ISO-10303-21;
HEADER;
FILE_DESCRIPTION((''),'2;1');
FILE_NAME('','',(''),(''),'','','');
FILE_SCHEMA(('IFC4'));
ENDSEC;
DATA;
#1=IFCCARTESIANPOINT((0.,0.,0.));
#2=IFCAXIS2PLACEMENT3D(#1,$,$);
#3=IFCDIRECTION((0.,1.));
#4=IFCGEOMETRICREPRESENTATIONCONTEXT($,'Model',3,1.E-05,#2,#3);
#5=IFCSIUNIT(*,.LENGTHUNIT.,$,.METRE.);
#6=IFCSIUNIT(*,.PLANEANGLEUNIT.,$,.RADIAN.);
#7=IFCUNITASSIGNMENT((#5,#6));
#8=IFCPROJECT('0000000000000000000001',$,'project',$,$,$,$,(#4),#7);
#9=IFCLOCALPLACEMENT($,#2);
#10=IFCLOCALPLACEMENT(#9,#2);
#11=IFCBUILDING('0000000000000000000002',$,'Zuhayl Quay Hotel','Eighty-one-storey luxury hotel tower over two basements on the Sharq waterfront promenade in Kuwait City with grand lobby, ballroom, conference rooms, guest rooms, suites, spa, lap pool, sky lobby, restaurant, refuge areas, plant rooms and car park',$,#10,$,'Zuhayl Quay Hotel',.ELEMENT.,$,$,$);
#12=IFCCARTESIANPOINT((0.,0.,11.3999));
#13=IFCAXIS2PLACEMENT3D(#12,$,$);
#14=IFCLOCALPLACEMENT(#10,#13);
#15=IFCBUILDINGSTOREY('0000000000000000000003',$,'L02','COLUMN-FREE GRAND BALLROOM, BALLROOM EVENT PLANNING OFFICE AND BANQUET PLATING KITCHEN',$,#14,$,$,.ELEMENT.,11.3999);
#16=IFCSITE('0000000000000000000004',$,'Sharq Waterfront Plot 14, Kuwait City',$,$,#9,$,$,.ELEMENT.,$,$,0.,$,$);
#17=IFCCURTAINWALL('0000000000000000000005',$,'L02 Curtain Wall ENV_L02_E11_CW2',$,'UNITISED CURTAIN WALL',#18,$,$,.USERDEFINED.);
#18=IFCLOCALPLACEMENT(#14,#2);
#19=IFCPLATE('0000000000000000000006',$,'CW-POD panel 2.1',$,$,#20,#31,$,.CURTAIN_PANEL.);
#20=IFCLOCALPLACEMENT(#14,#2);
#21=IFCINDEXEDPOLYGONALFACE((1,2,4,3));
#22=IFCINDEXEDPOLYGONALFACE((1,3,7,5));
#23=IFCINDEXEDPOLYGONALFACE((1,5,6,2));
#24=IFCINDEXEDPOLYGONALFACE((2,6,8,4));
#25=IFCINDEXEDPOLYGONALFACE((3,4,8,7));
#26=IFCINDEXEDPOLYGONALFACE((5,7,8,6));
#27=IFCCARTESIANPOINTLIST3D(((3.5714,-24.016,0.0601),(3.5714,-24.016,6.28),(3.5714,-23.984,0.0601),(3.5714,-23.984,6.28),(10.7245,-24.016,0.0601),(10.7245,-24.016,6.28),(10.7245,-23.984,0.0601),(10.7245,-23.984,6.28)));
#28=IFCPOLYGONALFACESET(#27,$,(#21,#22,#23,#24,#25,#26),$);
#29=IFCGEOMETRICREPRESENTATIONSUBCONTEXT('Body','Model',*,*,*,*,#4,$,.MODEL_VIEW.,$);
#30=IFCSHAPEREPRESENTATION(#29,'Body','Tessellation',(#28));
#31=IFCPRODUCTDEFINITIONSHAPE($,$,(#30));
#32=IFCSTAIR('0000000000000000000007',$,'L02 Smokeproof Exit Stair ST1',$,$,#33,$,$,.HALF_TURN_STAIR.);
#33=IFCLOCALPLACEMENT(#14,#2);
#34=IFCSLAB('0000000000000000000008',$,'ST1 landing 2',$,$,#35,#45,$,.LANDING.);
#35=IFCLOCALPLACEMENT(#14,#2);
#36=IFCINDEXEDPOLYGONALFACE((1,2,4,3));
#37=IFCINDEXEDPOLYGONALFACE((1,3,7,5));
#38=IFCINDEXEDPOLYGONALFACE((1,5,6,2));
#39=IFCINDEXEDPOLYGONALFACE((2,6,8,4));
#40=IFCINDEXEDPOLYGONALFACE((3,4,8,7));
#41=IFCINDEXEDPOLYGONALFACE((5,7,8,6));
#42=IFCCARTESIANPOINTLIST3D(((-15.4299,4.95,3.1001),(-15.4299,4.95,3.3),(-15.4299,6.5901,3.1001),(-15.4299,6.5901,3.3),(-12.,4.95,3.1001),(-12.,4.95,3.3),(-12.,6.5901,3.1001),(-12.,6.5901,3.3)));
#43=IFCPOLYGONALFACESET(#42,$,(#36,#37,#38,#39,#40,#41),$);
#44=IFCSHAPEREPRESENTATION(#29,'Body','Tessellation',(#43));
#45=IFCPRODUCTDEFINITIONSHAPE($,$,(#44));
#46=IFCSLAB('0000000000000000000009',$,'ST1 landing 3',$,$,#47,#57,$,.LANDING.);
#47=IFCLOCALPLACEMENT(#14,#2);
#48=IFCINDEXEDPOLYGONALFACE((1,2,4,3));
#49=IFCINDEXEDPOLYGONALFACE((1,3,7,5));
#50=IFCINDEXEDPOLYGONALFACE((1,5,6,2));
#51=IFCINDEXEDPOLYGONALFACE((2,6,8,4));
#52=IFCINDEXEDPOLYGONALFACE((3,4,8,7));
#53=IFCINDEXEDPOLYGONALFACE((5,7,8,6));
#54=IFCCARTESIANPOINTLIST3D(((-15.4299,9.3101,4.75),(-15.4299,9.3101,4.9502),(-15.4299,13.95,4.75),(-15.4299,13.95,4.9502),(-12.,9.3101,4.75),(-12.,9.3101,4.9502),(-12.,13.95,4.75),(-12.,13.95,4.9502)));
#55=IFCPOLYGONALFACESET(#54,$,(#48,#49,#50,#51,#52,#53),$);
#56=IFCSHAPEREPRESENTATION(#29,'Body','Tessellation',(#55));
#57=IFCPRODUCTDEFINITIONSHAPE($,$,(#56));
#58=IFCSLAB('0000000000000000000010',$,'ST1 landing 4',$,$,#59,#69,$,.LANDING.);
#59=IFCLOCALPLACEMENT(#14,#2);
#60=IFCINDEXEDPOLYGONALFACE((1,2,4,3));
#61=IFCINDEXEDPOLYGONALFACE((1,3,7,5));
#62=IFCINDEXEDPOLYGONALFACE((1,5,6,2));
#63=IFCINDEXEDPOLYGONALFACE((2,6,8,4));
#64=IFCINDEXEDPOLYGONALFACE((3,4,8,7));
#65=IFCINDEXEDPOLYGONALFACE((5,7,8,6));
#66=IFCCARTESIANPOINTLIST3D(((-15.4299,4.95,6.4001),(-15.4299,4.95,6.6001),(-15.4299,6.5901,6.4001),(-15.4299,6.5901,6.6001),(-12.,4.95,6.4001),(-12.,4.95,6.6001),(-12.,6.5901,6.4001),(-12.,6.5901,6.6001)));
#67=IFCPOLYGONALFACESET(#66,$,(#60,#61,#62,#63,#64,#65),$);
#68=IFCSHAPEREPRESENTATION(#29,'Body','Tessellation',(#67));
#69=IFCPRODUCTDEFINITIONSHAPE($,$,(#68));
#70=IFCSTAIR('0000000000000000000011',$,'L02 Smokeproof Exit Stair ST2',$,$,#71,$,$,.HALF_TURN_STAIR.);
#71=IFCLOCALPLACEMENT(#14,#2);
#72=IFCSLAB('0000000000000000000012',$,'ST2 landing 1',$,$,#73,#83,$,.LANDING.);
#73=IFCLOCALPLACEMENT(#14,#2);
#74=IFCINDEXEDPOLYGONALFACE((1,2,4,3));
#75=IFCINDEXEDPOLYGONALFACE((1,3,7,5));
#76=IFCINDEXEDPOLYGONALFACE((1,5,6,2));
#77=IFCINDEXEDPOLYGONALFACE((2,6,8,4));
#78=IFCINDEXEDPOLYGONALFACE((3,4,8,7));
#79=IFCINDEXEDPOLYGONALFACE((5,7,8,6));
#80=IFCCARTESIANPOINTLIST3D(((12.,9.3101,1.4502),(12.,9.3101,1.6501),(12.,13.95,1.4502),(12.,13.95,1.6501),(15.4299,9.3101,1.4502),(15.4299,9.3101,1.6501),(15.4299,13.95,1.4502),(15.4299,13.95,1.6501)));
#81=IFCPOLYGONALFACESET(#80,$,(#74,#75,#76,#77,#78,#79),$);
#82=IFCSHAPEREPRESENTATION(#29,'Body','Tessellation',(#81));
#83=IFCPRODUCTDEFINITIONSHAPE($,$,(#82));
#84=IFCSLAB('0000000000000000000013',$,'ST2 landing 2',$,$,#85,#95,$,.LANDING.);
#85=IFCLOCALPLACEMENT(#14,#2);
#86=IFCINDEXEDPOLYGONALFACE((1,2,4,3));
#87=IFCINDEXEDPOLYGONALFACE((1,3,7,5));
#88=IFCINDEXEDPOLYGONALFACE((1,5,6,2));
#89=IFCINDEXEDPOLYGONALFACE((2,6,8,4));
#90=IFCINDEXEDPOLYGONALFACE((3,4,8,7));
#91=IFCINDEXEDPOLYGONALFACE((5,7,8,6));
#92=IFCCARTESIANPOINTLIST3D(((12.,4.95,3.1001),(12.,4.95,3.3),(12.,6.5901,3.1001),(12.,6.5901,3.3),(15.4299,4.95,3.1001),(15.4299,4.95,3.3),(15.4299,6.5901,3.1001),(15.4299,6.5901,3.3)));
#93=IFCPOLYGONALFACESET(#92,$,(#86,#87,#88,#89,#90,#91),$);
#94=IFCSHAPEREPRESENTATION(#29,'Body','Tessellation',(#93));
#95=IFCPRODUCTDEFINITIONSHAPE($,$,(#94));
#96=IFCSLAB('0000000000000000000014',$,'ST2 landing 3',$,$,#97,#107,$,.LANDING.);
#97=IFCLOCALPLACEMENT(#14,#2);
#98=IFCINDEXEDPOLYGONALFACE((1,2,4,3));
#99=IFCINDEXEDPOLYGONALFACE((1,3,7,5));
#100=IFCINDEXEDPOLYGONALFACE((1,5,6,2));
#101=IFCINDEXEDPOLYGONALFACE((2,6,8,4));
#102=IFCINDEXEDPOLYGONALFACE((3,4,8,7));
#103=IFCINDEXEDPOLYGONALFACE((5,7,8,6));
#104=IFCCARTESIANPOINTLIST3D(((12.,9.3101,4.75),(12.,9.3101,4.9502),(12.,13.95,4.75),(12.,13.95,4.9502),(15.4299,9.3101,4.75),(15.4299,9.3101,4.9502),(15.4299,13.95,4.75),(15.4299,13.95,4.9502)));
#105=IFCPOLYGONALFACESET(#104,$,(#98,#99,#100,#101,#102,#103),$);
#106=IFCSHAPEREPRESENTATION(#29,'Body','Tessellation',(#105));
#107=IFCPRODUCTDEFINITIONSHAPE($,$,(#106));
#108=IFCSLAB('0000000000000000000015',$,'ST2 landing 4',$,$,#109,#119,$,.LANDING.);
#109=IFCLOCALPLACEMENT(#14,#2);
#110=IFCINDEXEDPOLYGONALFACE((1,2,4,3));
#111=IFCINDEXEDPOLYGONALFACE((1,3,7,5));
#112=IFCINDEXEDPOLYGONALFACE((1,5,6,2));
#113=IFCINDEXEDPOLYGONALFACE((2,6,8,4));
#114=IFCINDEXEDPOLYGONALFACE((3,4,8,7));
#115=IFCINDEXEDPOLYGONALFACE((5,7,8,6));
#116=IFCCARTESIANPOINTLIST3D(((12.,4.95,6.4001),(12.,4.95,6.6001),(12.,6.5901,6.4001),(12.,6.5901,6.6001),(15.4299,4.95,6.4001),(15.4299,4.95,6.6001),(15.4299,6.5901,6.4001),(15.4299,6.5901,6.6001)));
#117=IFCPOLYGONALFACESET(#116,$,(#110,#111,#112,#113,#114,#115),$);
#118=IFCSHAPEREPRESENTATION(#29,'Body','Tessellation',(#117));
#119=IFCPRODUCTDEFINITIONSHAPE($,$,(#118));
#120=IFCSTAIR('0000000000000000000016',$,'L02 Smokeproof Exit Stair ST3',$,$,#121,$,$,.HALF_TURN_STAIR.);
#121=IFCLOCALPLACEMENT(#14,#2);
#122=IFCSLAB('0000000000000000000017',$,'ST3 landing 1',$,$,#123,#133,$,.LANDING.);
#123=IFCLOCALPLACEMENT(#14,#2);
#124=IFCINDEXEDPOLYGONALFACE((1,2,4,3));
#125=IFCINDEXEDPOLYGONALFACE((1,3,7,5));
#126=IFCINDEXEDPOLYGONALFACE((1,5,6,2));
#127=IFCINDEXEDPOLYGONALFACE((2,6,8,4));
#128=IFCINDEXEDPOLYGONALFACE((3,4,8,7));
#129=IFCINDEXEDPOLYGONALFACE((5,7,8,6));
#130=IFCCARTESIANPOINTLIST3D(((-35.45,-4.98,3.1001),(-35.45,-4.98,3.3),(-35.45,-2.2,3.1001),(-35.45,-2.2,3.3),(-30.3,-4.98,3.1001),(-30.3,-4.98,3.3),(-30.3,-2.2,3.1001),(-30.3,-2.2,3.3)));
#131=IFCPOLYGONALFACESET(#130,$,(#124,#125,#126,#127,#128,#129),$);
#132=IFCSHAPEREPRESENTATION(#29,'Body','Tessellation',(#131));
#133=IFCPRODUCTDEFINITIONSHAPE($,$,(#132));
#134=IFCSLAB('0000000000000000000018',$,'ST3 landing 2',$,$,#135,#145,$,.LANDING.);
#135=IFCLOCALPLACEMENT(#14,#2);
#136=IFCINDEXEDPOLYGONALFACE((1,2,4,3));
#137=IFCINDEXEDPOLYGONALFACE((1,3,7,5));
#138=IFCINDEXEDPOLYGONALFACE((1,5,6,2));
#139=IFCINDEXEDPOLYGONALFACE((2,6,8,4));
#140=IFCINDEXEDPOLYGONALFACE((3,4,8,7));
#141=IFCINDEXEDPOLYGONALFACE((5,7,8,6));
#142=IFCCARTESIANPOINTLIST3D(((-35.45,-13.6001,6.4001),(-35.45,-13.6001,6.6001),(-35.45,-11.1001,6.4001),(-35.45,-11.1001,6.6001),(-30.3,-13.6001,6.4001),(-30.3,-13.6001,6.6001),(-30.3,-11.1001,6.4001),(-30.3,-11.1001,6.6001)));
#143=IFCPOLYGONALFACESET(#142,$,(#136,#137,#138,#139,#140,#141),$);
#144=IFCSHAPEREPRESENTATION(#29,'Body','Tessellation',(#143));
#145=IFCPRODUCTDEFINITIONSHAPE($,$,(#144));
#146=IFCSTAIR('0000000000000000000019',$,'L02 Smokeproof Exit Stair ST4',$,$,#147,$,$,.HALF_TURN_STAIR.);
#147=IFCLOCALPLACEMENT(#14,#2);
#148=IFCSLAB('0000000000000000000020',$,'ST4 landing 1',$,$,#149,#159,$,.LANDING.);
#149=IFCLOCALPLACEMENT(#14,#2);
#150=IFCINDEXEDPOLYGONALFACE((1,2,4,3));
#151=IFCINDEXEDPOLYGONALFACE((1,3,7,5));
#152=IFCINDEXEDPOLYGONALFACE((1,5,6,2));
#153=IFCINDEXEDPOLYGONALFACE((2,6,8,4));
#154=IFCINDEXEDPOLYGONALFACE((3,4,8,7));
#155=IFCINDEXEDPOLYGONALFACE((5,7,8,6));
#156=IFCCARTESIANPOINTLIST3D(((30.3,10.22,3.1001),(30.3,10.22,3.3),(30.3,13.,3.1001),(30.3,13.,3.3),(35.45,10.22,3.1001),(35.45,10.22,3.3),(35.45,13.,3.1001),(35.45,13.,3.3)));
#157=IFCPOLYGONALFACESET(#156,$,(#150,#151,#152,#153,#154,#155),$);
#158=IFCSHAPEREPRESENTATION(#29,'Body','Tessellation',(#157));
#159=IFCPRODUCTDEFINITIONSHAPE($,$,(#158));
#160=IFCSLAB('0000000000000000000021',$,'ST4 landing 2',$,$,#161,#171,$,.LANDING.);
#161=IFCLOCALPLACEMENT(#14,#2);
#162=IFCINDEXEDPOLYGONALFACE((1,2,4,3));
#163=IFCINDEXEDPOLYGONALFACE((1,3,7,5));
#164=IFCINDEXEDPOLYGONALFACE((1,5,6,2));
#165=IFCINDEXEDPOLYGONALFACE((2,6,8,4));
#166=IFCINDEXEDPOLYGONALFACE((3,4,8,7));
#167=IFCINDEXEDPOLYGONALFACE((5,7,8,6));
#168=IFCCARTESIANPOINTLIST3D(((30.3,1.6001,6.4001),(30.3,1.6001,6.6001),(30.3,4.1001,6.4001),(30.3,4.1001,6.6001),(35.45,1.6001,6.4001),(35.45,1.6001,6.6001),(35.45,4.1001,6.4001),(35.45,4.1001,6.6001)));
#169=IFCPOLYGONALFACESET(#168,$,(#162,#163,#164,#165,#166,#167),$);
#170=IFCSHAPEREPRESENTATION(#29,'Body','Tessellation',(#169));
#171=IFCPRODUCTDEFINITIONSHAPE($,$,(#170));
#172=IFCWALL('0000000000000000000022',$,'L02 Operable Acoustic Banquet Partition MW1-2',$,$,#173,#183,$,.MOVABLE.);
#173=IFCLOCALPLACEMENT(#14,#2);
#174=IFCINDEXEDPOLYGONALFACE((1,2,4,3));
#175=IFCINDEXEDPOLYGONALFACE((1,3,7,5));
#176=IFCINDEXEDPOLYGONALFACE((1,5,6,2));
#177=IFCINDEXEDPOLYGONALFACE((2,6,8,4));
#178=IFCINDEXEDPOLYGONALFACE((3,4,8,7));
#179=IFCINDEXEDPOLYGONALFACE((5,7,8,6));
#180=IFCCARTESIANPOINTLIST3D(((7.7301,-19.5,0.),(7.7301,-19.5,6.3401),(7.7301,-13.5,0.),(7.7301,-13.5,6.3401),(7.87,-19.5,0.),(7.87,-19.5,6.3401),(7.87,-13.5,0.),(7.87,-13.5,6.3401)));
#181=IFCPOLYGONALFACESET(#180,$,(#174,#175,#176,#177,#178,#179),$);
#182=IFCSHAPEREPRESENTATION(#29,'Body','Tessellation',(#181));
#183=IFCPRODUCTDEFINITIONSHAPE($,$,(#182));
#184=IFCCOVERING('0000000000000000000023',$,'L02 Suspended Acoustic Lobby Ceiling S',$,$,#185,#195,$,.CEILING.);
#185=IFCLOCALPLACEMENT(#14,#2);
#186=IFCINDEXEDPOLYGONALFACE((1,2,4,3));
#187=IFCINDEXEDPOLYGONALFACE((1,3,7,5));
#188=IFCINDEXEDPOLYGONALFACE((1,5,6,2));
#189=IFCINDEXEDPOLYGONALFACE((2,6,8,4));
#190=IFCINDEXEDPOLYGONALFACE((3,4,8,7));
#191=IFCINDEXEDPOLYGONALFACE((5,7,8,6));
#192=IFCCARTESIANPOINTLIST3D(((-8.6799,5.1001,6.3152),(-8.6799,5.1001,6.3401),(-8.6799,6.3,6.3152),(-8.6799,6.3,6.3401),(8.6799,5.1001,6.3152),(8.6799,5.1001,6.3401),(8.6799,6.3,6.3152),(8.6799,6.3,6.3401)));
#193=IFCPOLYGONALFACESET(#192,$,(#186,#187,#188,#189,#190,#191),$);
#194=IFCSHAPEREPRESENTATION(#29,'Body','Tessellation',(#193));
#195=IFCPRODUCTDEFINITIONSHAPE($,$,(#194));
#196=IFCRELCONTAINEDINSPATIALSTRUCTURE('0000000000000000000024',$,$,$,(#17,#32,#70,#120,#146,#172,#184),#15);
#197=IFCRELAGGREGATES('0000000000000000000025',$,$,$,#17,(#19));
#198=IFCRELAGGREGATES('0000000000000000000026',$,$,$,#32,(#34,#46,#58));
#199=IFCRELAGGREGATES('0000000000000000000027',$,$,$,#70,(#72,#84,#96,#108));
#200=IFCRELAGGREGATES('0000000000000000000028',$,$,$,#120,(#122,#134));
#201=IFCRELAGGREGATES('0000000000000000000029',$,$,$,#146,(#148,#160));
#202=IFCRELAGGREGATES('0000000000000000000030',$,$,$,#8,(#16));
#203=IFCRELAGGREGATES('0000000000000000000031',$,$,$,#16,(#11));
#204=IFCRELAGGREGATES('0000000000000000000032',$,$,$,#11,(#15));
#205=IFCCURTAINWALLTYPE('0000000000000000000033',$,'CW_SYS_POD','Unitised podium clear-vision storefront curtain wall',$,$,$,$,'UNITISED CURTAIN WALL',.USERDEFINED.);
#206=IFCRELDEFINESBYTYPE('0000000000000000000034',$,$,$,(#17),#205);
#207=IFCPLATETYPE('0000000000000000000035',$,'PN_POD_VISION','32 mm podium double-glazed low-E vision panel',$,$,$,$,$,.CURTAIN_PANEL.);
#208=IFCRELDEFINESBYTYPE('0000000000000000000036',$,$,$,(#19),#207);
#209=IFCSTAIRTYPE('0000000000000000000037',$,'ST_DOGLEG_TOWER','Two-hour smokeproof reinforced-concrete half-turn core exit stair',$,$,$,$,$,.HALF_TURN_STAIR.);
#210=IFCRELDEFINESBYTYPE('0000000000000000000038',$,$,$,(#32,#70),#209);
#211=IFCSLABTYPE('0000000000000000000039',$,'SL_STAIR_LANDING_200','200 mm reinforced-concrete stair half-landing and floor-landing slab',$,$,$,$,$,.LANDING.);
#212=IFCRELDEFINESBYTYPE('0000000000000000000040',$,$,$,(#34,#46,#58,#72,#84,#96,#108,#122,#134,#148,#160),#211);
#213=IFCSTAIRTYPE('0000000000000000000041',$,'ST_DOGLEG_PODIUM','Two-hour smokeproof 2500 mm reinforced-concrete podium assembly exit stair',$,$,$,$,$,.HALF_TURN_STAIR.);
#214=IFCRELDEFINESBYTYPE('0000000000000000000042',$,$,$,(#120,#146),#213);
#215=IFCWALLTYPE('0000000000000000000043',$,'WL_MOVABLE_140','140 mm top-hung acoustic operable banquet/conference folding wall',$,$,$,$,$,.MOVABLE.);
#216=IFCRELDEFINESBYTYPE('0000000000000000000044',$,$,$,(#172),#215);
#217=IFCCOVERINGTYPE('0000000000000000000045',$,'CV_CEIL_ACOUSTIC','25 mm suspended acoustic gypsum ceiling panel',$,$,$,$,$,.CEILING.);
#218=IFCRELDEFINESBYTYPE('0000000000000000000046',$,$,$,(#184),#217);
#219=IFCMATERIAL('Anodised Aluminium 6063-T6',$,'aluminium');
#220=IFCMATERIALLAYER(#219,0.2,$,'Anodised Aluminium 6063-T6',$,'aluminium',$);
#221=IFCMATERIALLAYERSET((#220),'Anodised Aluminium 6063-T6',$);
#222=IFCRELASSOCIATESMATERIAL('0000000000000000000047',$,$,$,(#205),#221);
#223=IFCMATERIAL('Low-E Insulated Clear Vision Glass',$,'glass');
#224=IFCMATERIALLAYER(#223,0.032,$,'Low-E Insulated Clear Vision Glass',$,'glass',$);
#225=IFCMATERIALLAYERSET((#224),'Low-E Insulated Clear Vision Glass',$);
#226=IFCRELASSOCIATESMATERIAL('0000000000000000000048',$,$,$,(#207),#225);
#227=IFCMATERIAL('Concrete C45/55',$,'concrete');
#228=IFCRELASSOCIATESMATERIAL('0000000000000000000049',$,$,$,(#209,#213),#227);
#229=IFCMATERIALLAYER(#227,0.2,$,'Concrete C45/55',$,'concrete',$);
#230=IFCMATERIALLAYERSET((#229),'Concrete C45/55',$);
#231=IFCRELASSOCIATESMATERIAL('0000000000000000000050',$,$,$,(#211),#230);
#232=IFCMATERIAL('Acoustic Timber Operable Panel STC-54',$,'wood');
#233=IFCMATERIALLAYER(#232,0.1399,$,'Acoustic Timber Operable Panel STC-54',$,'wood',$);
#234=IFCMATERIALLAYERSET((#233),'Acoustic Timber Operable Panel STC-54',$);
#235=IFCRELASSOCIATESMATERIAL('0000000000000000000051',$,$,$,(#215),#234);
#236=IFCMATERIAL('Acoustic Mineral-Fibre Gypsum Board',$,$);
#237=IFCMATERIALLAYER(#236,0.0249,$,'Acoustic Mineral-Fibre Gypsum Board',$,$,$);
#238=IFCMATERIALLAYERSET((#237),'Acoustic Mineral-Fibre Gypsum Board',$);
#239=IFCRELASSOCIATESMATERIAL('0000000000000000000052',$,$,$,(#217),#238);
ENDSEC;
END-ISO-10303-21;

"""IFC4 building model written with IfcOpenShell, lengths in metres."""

from ifc_helpers import new_model, si_unit, direction, frame, frame_2d, origin, origin_2d, place, context, subcontext, project, spatial, polyline, rectangle, outline, extrude, material, layer, layer_set, type_object, element, aggregate, save


model = new_model("IFC4")

# Units and contexts
model_context = context("Model", 3, precision=1e-05, world=origin(), true_north=direction((0.0, 1.0)))
body_context = subcontext(model_context, "Body", "Model", "MODEL_VIEW")
ifc_project = project(units=[si_unit("LENGTHUNIT", "METRE"), si_unit("PLANEANGLEUNIT", "RADIAN")], contexts=[model_context])

# Site, building, storey
site_placement = place(None, origin())
site = spatial("IfcSite", under=ifc_project, at=site_placement, Name="Sharq Waterfront Plot 14, Kuwait City", CompositionType="ELEMENT", RefElevation=0.0)
building_placement = place(site_placement, origin())
building = spatial("IfcBuilding", under=site, at=building_placement, Name="Zuhayl Quay Hotel", Description="Eighty-one-storey luxury hotel tower over two basements on the Sharq waterfront promenade in Kuwait City with grand lobby, ballroom, conference rooms, guest rooms, suites, spa, lap pool, sky lobby, restaurant, refuge areas, plant rooms and car park", LongName="Zuhayl Quay Hotel", CompositionType="ELEMENT")
storey_placement = place(building_placement, frame((0.0, 0.0, 11.3999)))
storey = spatial("IfcBuildingStorey", under=building, at=storey_placement, Name="L02", Description="COLUMN-FREE GRAND BALLROOM, BALLROOM EVENT PLANNING OFFICE AND BANQUET PLATING KITCHEN", CompositionType="ELEMENT", Elevation=11.3999)

# Curtain wall, plate
ifc_material_1 = material(Name="Anodised Aluminium 6063-T6", Category="aluminium")
ifc_layer_1 = layer(ifc_material_1, 0.2, Name="Anodised Aluminium 6063-T6", Category="aluminium")
ifc_layer_set_1 = layer_set([ifc_layer_1], Name="Anodised Aluminium 6063-T6")
curtain_wall_type = type_object("IfcCurtainWallType", Name="CW_SYS_POD", Description="Unitised podium clear-vision storefront curtain wall", ElementType="UNITISED CURTAIN WALL", PredefinedType="USERDEFINED", material=ifc_layer_set_1)
curtain_wall_placement = place(storey_placement, origin())
curtain_wall = element("IfcCurtainWall", 1, at=curtain_wall_placement, inside=storey, type_object=curtain_wall_type, Name="L02 Curtain Wall ENV_L02_E11_CW2", ObjectType="UNITISED CURTAIN WALL", PredefinedType="USERDEFINED")
ifc_material_2 = material(Name="Low-E Insulated Clear Vision Glass", Category="glass")
ifc_layer_2 = layer(ifc_material_2, 0.032, Name="Low-E Insulated Clear Vision Glass", Category="glass")
ifc_layer_set_2 = layer_set([ifc_layer_2], Name="Low-E Insulated Clear Vision Glass")
plate_type = type_object("IfcPlateType", Name="PN_POD_VISION", Description="32 mm podium double-glazed low-E vision panel", PredefinedType="CURTAIN_PANEL", material=ifc_layer_set_2)
plate_placement = place(storey_placement, frame((7.1479, -24.0, 0.0601), z_axis=(0.0, 0.0, 1.0), x_axis=(-1.0, 0.0, 0.0)))
plate = element("IfcPlate", 2, at=plate_placement, type_object=plate_type, Name="CW-POD panel 2.1", PredefinedType="CURTAIN_PANEL", context=body_context, shape_type="SweptSolid", body=[
    extrude(rectangle(XDim=7.1531, YDim=0.032, at=origin_2d()), origin(), (0.0, 0.0, 1.0), 6.22),
])
aggregate(curtain_wall, [plate])

# Stairs, slabs
ifc_material_3 = material(Name="Concrete C45/55", Category="concrete")
stair_type_1 = type_object("IfcStairType", Name="ST_DOGLEG_TOWER", Description="Two-hour smokeproof reinforced-concrete half-turn core exit stair", PredefinedType="HALF_TURN_STAIR", material=ifc_material_3)
stair_1_placement = place(storey_placement, origin())
stair_1 = element("IfcStair", 3, at=stair_1_placement, inside=storey, type_object=stair_type_1, Name="L02 Smokeproof Exit Stair ST1", PredefinedType="HALF_TURN_STAIR")
ifc_layer_3 = layer(ifc_material_3, 0.2, Name="Concrete C45/55", Category="concrete")
ifc_layer_set_3 = layer_set([ifc_layer_3], Name="Concrete C45/55")
slab_type = type_object("IfcSlabType", Name="SL_STAIR_LANDING_200", Description="200 mm reinforced-concrete stair half-landing and floor-landing slab", PredefinedType="LANDING", material=ifc_layer_set_3)
slab_1_placement = place(storey_placement, frame((0.0, 0.0, 3.1001)))
slab_1 = element("IfcSlab", 4, at=slab_1_placement, type_object=slab_type, Name="ST1 landing 2", PredefinedType="LANDING", context=body_context, shape_type="SweptSolid", body=[
    extrude(outline(polyline([(-12.0, 4.95), (-12.0, 6.5901), (-15.4299, 6.5901), (-15.4299, 4.95), (-12.0, 4.95)])), origin(), (0.0, 0.0, 1.0), 0.2),
])
slab_2_placement = place(storey_placement, frame((0.0, 0.0, 4.75)))
slab_2 = element("IfcSlab", 5, at=slab_2_placement, type_object=slab_type, Name="ST1 landing 3", PredefinedType="LANDING", context=body_context, shape_type="SweptSolid", body=[
    extrude(outline(polyline([(-12.0, 9.3101), (-12.0, 13.95), (-15.4299, 13.95), (-15.4299, 9.3101), (-12.0, 9.3101)])), origin(), (0.0, 0.0, 1.0), 0.2002),
])
slab_3_placement = place(storey_placement, frame((0.0, 0.0, 6.4001)))
slab_3 = element("IfcSlab", 6, at=slab_3_placement, type_object=slab_type, Name="ST1 landing 4", PredefinedType="LANDING", context=body_context, shape_type="SweptSolid", body=[
    extrude(outline(polyline([(-12.0, 4.95), (-12.0, 6.5901), (-15.4299, 6.5901), (-15.4299, 4.95), (-12.0, 4.95)])), origin(), (0.0, 0.0, 1.0), 0.2),
])
aggregate(stair_1, [slab_1, slab_2, slab_3])
stair_2_placement = place(storey_placement, origin())
stair_2 = element("IfcStair", 7, at=stair_2_placement, inside=storey, type_object=stair_type_1, Name="L02 Smokeproof Exit Stair ST2", PredefinedType="HALF_TURN_STAIR")
slab_4_placement = place(storey_placement, frame((0.0, 0.0, 1.4502)))
slab_4 = element("IfcSlab", 8, at=slab_4_placement, type_object=slab_type, Name="ST2 landing 1", PredefinedType="LANDING", context=body_context, shape_type="SweptSolid", body=[
    extrude(outline(polyline([(15.4299, 9.3101), (15.4299, 13.95), (12.0, 13.95), (12.0, 9.3101), (15.4299, 9.3101)])), origin(), (0.0, 0.0, 1.0), 0.2),
])
slab_5_placement = place(storey_placement, frame((0.0, 0.0, 3.1001)))
slab_5 = element("IfcSlab", 9, at=slab_5_placement, type_object=slab_type, Name="ST2 landing 2", PredefinedType="LANDING", context=body_context, shape_type="SweptSolid", body=[
    extrude(outline(polyline([(15.4299, 4.95), (15.4299, 6.5901), (12.0, 6.5901), (12.0, 4.95), (15.4299, 4.95)])), origin(), (0.0, 0.0, 1.0), 0.2),
])
slab_6_placement = place(storey_placement, frame((0.0, 0.0, 4.75)))
slab_6 = element("IfcSlab", 10, at=slab_6_placement, type_object=slab_type, Name="ST2 landing 3", PredefinedType="LANDING", context=body_context, shape_type="SweptSolid", body=[
    extrude(outline(polyline([(15.4299, 9.3101), (15.4299, 13.95), (12.0, 13.95), (12.0, 9.3101), (15.4299, 9.3101)])), origin(), (0.0, 0.0, 1.0), 0.2002),
])
slab_7_placement = place(storey_placement, frame((0.0, 0.0, 6.4001)))
slab_7 = element("IfcSlab", 11, at=slab_7_placement, type_object=slab_type, Name="ST2 landing 4", PredefinedType="LANDING", context=body_context, shape_type="SweptSolid", body=[
    extrude(outline(polyline([(15.4299, 4.95), (15.4299, 6.5901), (12.0, 6.5901), (12.0, 4.95), (15.4299, 4.95)])), origin(), (0.0, 0.0, 1.0), 0.2),
])
aggregate(stair_2, [slab_4, slab_5, slab_6, slab_7])
stair_type_2 = type_object("IfcStairType", Name="ST_DOGLEG_PODIUM", Description="Two-hour smokeproof 2500 mm reinforced-concrete podium assembly exit stair", PredefinedType="HALF_TURN_STAIR", material=ifc_material_3)
stair_3_placement = place(storey_placement, origin())
stair_3 = element("IfcStair", 12, at=stair_3_placement, inside=storey, type_object=stair_type_2, Name="L02 Smokeproof Exit Stair ST3", PredefinedType="HALF_TURN_STAIR")
slab_8_placement = place(storey_placement, frame((0.0, 0.0, 3.1001)))
slab_8 = element("IfcSlab", 13, at=slab_8_placement, type_object=slab_type, Name="ST3 landing 1", PredefinedType="LANDING", context=body_context, shape_type="SweptSolid", body=[
    extrude(outline(polyline([(-30.3, -4.98), (-30.3, -2.2), (-35.45, -2.2), (-35.45, -4.98), (-30.3, -4.98)])), origin(), (0.0, 0.0, 1.0), 0.2),
])
slab_9_placement = place(storey_placement, frame((0.0, 0.0, 6.4001)))
slab_9 = element("IfcSlab", 14, at=slab_9_placement, type_object=slab_type, Name="ST3 landing 2", PredefinedType="LANDING", context=body_context, shape_type="SweptSolid", body=[
    extrude(outline(polyline([(-30.3, -13.6001), (-30.3, -11.1001), (-35.45, -11.1001), (-35.45, -13.6001), (-30.3, -13.6001)])), origin(), (0.0, 0.0, 1.0), 0.2),
])
aggregate(stair_3, [slab_8, slab_9])
stair_4_placement = place(storey_placement, origin())
stair_4 = element("IfcStair", 15, at=stair_4_placement, inside=storey, type_object=stair_type_2, Name="L02 Smokeproof Exit Stair ST4", PredefinedType="HALF_TURN_STAIR")
slab_10_placement = place(storey_placement, frame((0.0, 0.0, 3.1001)))
slab_10 = element("IfcSlab", 16, at=slab_10_placement, type_object=slab_type, Name="ST4 landing 1", PredefinedType="LANDING", context=body_context, shape_type="SweptSolid", body=[
    extrude(outline(polyline([(35.45, 10.22), (35.45, 13.0), (30.3, 13.0), (30.3, 10.22), (35.45, 10.22)])), origin(), (0.0, 0.0, 1.0), 0.2),
])
slab_11_placement = place(storey_placement, frame((0.0, 0.0, 6.4001)))
slab_11 = element("IfcSlab", 17, at=slab_11_placement, type_object=slab_type, Name="ST4 landing 2", PredefinedType="LANDING", context=body_context, shape_type="SweptSolid", body=[
    extrude(outline(polyline([(35.45, 1.6001), (35.45, 4.1001), (30.3, 4.1001), (30.3, 1.6001), (35.45, 1.6001)])), origin(), (0.0, 0.0, 1.0), 0.2),
])
aggregate(stair_4, [slab_10, slab_11])

# Wall
ifc_material_4 = material(Name="Acoustic Timber Operable Panel STC-54", Category="wood")
ifc_layer_4 = layer(ifc_material_4, 0.1399, Name="Acoustic Timber Operable Panel STC-54", Category="wood")
ifc_layer_set_4 = layer_set([ifc_layer_4], Name="Acoustic Timber Operable Panel STC-54")
wall_type = type_object("IfcWallType", Name="WL_MOVABLE_140", Description="140 mm top-hung acoustic operable banquet/conference folding wall", PredefinedType="MOVABLE", material=ifc_layer_set_4)
wall_placement = place(storey_placement, frame((7.8, -19.5, 0.0), z_axis=(0.0, 0.0, 1.0), x_axis=(0.0, 1.0, 0.0)))
element("IfcWall", 18, at=wall_placement, inside=storey, type_object=wall_type, Name="L02 Operable Acoustic Banquet Partition MW1-2", PredefinedType="MOVABLE", context=body_context, shape_type="SweptSolid", body=[
    extrude(rectangle(XDim=6.0, YDim=0.1399, at=frame_2d((3.0, 0.0))), origin(), (0.0, 0.0, 1.0), 6.3401),
])

# Covering
ifc_material_5 = material(Name="Acoustic Mineral-Fibre Gypsum Board")
ifc_layer_5 = layer(ifc_material_5, 0.0249, Name="Acoustic Mineral-Fibre Gypsum Board")
ifc_layer_set_5 = layer_set([ifc_layer_5], Name="Acoustic Mineral-Fibre Gypsum Board")
covering_type_1 = type_object("IfcCoveringType", Name="CV_CEIL_ACOUSTIC", Description="25 mm suspended acoustic gypsum ceiling panel", PredefinedType="CEILING", material=ifc_layer_set_5)
covering_1_placement = place(storey_placement, frame((0.0, 0.0, 6.3152)))
element("IfcCovering", 19, at=covering_1_placement, inside=storey, type_object=covering_type_1, Name="L02 Suspended Acoustic Lobby Ceiling S", PredefinedType="CEILING", context=body_context, shape_type="SweptSolid", body=[
    extrude(outline(polyline([(-8.6799, 5.1001), (8.6799, 5.1001), (8.6799, 6.3), (-8.6799, 6.3), (-8.6799, 5.1001)])), origin(), (0.0, 0.0, 1.0), 0.0249),
])

save(model, "model.ifc")
